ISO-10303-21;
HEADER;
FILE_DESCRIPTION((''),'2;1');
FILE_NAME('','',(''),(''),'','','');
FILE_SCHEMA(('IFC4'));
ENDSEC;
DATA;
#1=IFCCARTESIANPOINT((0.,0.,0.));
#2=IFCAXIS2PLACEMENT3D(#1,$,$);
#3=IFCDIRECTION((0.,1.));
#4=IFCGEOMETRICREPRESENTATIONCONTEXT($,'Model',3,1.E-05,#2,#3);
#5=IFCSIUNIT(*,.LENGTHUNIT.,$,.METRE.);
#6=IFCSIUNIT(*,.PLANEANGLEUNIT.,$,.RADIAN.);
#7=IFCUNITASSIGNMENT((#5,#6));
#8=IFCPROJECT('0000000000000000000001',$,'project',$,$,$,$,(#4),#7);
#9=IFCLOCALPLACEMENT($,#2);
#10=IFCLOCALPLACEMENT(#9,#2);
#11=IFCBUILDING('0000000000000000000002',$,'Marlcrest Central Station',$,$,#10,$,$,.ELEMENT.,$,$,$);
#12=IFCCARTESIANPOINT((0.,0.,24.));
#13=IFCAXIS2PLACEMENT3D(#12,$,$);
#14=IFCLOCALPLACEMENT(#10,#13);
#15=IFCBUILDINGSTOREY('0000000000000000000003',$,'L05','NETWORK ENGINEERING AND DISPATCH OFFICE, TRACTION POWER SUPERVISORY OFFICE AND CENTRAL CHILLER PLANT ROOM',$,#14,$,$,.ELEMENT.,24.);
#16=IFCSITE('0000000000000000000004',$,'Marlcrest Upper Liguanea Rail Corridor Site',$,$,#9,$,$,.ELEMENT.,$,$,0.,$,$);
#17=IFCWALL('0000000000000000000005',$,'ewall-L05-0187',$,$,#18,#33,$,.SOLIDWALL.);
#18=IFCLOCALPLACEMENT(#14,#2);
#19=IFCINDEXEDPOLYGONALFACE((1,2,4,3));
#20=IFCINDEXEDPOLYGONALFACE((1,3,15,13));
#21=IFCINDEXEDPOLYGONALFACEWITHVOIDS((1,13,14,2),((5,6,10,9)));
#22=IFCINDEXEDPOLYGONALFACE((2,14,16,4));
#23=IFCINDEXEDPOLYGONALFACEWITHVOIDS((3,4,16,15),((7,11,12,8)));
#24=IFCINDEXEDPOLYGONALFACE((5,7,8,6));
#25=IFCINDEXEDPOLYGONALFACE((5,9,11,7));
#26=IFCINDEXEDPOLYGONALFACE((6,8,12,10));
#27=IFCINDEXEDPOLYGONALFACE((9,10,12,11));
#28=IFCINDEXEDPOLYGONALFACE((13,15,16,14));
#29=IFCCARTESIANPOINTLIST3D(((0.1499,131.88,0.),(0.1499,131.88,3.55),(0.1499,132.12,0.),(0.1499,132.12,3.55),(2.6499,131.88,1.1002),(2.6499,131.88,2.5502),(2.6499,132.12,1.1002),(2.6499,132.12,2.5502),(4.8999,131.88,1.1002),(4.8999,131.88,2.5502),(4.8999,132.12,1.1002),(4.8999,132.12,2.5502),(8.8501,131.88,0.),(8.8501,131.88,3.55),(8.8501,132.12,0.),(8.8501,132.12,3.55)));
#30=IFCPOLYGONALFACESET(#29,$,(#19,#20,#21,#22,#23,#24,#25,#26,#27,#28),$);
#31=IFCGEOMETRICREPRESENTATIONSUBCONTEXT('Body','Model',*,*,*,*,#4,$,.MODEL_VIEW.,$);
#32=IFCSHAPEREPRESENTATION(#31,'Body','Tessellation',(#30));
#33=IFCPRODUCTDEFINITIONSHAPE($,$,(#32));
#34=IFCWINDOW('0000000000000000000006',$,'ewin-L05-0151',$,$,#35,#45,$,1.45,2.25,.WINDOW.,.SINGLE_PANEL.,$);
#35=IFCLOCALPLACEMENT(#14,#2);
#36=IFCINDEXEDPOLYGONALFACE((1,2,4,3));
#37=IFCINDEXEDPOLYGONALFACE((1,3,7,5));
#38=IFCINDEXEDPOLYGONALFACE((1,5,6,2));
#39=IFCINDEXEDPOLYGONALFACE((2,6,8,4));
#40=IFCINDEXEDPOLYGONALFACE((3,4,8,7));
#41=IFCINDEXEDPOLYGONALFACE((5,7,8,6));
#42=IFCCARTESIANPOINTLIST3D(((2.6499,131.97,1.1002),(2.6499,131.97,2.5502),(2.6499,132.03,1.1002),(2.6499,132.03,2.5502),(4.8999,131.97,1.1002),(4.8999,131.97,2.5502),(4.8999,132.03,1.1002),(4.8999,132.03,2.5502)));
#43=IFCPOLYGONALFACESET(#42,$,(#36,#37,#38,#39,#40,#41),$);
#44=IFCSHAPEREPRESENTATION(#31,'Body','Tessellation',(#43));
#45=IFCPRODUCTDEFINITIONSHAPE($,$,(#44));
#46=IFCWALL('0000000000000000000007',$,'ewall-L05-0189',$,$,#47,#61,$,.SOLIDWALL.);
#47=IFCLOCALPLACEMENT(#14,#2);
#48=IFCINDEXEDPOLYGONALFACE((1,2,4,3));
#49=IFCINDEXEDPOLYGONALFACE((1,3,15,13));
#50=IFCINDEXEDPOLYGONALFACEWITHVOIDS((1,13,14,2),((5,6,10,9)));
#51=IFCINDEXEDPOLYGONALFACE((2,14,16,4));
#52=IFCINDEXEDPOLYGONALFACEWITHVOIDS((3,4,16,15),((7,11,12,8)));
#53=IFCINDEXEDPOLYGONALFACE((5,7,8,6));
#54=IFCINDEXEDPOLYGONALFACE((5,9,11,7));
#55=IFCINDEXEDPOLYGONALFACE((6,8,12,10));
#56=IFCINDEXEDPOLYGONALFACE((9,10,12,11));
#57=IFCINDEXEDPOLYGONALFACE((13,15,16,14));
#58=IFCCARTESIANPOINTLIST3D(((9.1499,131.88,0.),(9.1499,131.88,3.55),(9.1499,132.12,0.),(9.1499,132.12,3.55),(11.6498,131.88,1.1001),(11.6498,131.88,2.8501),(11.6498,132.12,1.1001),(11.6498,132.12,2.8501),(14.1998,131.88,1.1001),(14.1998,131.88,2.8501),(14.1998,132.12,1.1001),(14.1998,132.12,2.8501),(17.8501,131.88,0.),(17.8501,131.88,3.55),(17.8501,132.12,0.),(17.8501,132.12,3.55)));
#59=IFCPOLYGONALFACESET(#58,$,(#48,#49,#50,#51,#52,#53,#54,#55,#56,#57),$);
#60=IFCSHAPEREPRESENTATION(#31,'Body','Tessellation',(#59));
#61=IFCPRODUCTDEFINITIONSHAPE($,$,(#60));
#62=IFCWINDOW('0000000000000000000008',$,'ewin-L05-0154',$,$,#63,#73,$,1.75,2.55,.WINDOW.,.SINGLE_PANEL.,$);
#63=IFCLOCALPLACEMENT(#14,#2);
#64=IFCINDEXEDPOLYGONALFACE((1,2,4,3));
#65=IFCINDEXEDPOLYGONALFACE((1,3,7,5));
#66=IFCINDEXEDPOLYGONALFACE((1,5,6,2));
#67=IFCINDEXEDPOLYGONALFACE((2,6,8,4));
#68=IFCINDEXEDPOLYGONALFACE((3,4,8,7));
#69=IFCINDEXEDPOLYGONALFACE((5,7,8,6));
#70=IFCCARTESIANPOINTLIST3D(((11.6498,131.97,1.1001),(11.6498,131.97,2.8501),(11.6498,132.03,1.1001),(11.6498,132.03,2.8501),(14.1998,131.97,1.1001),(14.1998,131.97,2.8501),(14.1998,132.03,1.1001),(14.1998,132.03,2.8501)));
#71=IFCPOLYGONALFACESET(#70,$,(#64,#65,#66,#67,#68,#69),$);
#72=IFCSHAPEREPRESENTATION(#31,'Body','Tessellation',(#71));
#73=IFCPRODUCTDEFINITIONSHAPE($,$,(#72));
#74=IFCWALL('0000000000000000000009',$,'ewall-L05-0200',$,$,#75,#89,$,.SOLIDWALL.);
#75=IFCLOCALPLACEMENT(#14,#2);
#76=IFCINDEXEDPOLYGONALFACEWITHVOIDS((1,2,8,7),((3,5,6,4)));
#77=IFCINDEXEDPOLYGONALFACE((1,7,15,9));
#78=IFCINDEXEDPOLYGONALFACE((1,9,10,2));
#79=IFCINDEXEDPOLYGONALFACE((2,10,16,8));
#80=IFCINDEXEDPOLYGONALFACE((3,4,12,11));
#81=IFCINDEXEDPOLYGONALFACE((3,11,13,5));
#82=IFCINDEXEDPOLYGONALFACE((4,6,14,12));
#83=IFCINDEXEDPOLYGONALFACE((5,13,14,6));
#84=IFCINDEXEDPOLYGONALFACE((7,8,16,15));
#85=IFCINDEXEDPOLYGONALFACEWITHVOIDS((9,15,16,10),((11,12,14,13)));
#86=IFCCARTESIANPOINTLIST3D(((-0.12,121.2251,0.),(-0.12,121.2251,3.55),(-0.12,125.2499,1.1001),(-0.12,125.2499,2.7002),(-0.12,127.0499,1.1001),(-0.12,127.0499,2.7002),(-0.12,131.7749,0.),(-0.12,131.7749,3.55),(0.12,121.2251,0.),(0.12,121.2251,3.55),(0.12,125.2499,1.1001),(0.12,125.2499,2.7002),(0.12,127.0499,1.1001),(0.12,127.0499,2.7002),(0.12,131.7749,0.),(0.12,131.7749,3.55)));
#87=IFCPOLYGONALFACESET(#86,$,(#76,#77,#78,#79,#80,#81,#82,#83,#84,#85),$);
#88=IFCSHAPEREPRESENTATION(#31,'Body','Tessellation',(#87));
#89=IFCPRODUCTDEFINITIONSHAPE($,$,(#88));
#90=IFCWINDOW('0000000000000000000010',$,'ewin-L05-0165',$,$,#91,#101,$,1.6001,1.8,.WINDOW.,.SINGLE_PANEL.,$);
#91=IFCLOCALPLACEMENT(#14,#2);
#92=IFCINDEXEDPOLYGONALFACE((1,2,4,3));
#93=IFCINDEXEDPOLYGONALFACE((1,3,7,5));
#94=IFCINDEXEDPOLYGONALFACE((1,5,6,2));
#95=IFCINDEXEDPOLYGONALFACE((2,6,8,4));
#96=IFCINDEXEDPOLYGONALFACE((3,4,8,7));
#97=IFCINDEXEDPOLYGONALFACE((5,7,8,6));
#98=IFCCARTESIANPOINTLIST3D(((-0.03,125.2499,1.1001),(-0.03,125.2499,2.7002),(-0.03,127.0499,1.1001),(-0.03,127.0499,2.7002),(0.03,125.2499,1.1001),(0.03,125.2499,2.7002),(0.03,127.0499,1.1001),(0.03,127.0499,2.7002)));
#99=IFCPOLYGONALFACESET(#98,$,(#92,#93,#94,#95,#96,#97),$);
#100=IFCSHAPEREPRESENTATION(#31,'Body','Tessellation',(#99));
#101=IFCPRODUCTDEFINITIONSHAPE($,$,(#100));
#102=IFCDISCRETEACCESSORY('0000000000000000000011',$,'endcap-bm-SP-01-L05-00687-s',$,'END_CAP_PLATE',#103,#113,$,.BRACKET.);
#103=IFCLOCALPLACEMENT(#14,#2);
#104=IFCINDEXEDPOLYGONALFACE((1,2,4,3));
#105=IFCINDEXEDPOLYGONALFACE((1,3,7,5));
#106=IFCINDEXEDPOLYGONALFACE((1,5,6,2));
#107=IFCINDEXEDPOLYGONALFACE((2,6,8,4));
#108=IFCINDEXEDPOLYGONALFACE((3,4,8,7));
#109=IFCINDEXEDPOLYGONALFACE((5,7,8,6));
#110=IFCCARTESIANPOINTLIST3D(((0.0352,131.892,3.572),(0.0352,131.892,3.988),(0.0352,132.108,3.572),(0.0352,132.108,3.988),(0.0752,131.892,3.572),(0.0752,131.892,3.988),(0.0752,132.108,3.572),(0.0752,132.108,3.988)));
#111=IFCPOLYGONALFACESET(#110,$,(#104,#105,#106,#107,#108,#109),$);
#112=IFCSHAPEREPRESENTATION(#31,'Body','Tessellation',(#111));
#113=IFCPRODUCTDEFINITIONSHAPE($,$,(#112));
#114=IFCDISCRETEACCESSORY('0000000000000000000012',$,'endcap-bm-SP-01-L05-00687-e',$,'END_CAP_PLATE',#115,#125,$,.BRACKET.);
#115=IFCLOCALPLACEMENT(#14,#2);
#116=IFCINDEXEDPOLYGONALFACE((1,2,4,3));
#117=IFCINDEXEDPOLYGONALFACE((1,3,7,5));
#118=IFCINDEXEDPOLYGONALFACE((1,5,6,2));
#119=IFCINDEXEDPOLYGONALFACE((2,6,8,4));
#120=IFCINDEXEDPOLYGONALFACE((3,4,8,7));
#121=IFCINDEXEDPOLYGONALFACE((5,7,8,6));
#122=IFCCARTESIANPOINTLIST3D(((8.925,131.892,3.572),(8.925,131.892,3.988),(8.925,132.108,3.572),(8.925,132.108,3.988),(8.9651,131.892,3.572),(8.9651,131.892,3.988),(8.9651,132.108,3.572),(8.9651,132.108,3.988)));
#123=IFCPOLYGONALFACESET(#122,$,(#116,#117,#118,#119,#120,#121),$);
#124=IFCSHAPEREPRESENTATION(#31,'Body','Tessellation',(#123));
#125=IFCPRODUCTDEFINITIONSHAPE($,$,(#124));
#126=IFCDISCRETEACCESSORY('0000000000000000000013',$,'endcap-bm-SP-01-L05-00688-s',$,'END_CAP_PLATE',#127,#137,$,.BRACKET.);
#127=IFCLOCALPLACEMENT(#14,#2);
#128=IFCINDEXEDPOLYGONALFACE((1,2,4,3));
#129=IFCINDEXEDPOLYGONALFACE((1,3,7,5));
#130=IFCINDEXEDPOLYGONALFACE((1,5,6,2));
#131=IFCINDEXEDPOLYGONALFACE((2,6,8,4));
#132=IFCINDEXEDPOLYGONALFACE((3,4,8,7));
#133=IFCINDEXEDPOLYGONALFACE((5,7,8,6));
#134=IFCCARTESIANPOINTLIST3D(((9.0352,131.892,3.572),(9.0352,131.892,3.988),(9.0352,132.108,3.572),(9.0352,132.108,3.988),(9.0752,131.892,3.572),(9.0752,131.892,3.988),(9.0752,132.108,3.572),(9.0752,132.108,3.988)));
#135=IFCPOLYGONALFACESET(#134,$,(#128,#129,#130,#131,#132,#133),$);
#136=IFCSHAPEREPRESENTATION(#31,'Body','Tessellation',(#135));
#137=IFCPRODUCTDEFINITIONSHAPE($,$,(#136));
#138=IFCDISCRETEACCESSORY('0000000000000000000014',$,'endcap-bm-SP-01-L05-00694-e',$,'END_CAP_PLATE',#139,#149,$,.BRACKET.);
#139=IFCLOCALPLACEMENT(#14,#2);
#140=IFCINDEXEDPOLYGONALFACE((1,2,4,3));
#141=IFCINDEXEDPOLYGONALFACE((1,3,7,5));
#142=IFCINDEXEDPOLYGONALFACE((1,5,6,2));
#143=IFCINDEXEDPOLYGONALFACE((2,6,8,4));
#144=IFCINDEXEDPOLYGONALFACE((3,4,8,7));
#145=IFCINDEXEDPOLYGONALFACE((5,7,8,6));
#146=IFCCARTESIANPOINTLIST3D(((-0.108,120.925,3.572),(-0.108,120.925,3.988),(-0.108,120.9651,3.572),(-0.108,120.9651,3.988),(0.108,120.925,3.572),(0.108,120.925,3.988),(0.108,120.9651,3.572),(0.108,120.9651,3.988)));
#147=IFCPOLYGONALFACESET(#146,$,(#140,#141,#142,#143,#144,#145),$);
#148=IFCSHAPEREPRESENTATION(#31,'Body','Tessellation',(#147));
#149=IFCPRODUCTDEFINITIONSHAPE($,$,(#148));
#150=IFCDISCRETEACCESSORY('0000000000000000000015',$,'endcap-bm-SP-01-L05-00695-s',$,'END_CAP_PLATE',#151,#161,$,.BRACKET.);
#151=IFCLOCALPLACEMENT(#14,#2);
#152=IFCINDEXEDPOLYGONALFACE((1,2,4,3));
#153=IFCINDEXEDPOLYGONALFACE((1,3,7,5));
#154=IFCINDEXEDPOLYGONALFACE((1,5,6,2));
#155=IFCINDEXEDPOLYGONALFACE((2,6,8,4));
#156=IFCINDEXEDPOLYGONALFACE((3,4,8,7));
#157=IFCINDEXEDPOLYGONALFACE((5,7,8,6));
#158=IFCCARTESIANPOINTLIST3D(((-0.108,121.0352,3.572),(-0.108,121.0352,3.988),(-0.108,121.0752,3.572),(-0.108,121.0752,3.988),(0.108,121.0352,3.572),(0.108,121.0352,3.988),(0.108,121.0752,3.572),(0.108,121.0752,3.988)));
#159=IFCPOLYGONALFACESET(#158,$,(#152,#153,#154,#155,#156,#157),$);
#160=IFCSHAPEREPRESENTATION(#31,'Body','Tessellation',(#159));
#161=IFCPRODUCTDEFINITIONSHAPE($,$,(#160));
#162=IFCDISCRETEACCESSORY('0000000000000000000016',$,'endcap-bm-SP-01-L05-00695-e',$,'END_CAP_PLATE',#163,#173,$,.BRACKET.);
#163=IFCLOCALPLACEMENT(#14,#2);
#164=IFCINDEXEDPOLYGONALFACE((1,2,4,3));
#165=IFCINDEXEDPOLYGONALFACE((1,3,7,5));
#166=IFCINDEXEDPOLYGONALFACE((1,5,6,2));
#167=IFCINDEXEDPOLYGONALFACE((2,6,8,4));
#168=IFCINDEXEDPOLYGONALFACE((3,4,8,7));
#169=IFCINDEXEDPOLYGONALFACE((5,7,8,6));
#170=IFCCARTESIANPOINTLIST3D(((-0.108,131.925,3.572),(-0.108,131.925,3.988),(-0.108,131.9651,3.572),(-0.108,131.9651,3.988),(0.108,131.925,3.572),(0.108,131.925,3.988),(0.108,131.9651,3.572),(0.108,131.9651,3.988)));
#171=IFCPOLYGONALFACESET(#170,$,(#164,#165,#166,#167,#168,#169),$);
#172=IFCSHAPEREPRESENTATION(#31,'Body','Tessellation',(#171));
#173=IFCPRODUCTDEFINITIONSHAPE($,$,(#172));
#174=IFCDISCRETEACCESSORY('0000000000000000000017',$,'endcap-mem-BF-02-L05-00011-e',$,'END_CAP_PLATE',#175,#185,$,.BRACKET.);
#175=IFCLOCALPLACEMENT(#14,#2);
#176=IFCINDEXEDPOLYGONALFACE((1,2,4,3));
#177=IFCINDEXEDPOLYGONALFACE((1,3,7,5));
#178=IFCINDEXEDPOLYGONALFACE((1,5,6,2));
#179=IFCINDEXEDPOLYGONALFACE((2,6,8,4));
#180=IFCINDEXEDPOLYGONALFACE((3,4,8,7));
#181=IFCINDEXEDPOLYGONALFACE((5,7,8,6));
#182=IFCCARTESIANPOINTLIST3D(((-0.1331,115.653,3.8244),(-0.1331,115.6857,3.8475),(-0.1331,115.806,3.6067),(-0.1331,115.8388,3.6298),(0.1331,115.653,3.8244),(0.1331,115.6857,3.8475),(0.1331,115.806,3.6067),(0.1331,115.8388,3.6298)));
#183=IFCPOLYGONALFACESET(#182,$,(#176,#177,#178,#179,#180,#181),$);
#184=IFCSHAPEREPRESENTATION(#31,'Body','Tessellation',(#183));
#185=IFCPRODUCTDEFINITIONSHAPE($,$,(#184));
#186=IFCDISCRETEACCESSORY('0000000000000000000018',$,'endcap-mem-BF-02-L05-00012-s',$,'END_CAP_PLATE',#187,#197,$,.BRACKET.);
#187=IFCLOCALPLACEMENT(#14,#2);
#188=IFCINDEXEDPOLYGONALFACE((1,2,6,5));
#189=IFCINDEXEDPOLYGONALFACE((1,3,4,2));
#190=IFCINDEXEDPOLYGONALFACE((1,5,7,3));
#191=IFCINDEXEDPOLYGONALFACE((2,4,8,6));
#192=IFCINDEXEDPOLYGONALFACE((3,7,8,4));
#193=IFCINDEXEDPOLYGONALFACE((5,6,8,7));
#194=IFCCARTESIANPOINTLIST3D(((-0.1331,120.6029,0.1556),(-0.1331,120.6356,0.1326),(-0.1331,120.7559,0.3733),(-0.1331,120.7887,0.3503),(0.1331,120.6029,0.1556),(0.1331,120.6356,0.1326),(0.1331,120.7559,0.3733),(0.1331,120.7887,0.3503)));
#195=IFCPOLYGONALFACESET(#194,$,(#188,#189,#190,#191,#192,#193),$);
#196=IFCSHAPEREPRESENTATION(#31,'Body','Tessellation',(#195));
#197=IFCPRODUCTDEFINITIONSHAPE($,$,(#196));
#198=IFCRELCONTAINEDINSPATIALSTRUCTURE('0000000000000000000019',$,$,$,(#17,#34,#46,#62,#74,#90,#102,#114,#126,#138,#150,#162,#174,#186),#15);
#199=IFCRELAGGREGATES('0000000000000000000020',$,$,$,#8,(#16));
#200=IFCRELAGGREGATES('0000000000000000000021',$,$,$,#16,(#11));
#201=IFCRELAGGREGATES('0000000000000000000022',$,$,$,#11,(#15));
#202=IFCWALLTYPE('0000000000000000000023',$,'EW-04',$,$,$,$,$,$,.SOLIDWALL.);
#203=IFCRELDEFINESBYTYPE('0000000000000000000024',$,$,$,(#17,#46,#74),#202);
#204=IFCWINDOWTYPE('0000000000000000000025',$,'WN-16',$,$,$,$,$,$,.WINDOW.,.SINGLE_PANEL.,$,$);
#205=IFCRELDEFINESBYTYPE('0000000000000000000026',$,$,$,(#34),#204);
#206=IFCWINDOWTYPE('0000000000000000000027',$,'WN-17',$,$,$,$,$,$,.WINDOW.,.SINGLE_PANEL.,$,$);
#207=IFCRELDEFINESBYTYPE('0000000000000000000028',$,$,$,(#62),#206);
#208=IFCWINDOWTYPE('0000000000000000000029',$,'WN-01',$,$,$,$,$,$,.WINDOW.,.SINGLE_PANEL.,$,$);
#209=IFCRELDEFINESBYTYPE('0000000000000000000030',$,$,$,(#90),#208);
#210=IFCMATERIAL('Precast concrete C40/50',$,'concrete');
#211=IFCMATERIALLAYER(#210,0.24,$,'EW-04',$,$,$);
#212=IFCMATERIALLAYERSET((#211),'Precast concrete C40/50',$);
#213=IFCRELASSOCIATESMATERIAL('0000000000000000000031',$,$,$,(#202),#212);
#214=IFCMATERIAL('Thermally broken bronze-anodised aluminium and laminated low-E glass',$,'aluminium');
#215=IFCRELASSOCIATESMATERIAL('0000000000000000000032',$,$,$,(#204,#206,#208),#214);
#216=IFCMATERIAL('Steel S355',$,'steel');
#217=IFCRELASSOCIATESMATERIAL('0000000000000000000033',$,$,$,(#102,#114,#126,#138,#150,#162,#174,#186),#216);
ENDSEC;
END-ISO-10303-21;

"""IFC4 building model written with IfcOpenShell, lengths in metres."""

from ifc_helpers import new_model, si_unit, direction, frame, frame_2d, origin, origin_2d, place, context, subcontext, project, spatial, rectangle, extrude, material, layer, layer_set, type_object, element, fill, save


model = new_model("IFC4")

# Units and contexts
model_context = context("Model", 3, precision=1e-05, world=origin(), true_north=direction((0.0, 1.0)))
body_context = subcontext(model_context, "Body", "Model", "MODEL_VIEW")
ifc_project = project(units=[si_unit("LENGTHUNIT", "METRE"), si_unit("PLANEANGLEUNIT", "RADIAN")], contexts=[model_context])

# Site, building, storey
site_placement = place(None, origin())
site = spatial("IfcSite", under=ifc_project, at=site_placement, Name="Marlcrest Upper Liguanea Rail Corridor Site", CompositionType="ELEMENT", RefElevation=0.0)
building_placement = place(site_placement, origin())
building = spatial("IfcBuilding", under=site, at=building_placement, Name="Marlcrest Central Station", CompositionType="ELEMENT")
storey_placement = place(building_placement, frame((0.0, 0.0, 24.0)))
storey = spatial("IfcBuildingStorey", under=building, at=storey_placement, Name="L05", Description="NETWORK ENGINEERING AND DISPATCH OFFICE, TRACTION POWER SUPERVISORY OFFICE AND CENTRAL CHILLER PLANT ROOM", CompositionType="ELEMENT", Elevation=24.0)

# Shared definitions
ifc_material_1 = material(Name="Steel S355", Category="steel")

# Walls, openings, windows
ifc_material_2 = material(Name="Precast concrete C40/50", Category="concrete")
ifc_layer_1 = layer(ifc_material_2, 0.24, Name="EW-04")
ifc_layer_set_1 = layer_set([ifc_layer_1], Name="Precast concrete C40/50")
wall_type_1 = type_object("IfcWallType", Name="EW-04", PredefinedType="SOLIDWALL", material=ifc_layer_set_1)
wall_1_placement = place(storey_placement, frame((0.1499, 132.0, 0.0), z_axis=(0.0, 0.0, 1.0), x_axis=(1.0, 0.0, 0.0)))
wall_1 = element("IfcWall", 1, at=wall_1_placement, inside=storey, type_object=wall_type_1, Name="ewall-L05-0187", PredefinedType="SOLIDWALL", context=body_context, shape_type="SweptSolid", body=[
    extrude(rectangle(XDim=8.7002, YDim=0.24, at=frame_2d((4.3501, 0.0))), origin(), (0.0, 0.0, 1.0), 3.55),
])
opening_1_placement = place(wall_1_placement, frame((2.5, 0.0, 1.1001)))
opening_1 = element("IfcOpeningElement", 2, at=opening_1_placement, cuts=wall_1, PredefinedType="OPENING", context=body_context, shape_type="SweptSolid", body=[
    extrude(rectangle(XDim=2.25, YDim=1.45, at=frame_2d((1.125, 0.7251))), frame((0.0, 0.1299, 0.0), z_axis=(0.0, -1.0, 0.0), x_axis=(1.0, 0.0, 0.0)), (0.0, 0.0, 1.0), 0.26),
])
ifc_material_3 = material(Name="Thermally broken bronze-anodised aluminium and laminated low-E glass", Category="aluminium")
window_type_1 = type_object("IfcWindowType", Name="WN-16", PartitioningType="SINGLE_PANEL", PredefinedType="WINDOW", material=ifc_material_3)
window_1_placement = place(opening_1_placement, origin())
window_1 = element("IfcWindow", 3, at=window_1_placement, inside=storey, type_object=window_type_1, Name="ewin-L05-0151", OverallHeight=1.45, OverallWidth=2.25, PartitioningType="SINGLE_PANEL", PredefinedType="WINDOW", context=body_context, shape_type="SweptSolid", body=[
    extrude(rectangle(XDim=2.25, YDim=1.45, at=frame_2d((1.125, 0.7251))), frame((0.0, 0.03, 0.0), z_axis=(0.0, -1.0, 0.0), x_axis=(1.0, 0.0, 0.0)), (0.0, 0.0, 1.0), 0.0601),
])
fill(opening_1, window_1)
wall_2_placement = place(storey_placement, frame((9.1499, 132.0, 0.0), z_axis=(0.0, 0.0, 1.0), x_axis=(1.0, 0.0, 0.0)))
wall_2 = element("IfcWall", 4, at=wall_2_placement, inside=storey, type_object=wall_type_1, Name="ewall-L05-0189", PredefinedType="SOLIDWALL", context=body_context, shape_type="SweptSolid", body=[
    extrude(rectangle(XDim=8.7002, YDim=0.24, at=frame_2d((4.3501, 0.0))), origin(), (0.0, 0.0, 1.0), 3.55),
])
opening_2_placement = place(wall_2_placement, frame((2.5, 0.0, 1.1001)))
opening_2 = element("IfcOpeningElement", 5, at=opening_2_placement, cuts=wall_2, PredefinedType="OPENING", context=body_context, shape_type="SweptSolid", body=[
    extrude(rectangle(XDim=2.55, YDim=1.75, at=frame_2d((1.2749, 0.875))), frame((0.0, 0.1299, 0.0), z_axis=(0.0, -1.0, 0.0), x_axis=(1.0, 0.0, 0.0)), (0.0, 0.0, 1.0), 0.26),
])
window_type_2 = type_object("IfcWindowType", Name="WN-17", PartitioningType="SINGLE_PANEL", PredefinedType="WINDOW", material=ifc_material_3)
window_2_placement = place(opening_2_placement, origin())
window_2 = element("IfcWindow", 6, at=window_2_placement, inside=storey, type_object=window_type_2, Name="ewin-L05-0154", OverallHeight=1.75, OverallWidth=2.55, PartitioningType="SINGLE_PANEL", PredefinedType="WINDOW", context=body_context, shape_type="SweptSolid", body=[
    extrude(rectangle(XDim=2.55, YDim=1.75, at=frame_2d((1.2749, 0.875))), frame((0.0, 0.03, 0.0), z_axis=(0.0, -1.0, 0.0), x_axis=(1.0, 0.0, 0.0)), (0.0, 0.0, 1.0), 0.0601),
])
fill(opening_2, window_2)
wall_3_placement = place(storey_placement, frame((0.0, 121.2251, 0.0), z_axis=(0.0, 0.0, 1.0), x_axis=(0.0, 1.0, 0.0)))
wall_3 = element("IfcWall", 7, at=wall_3_placement, inside=storey, type_object=wall_type_1, Name="ewall-L05-0200", PredefinedType="SOLIDWALL", context=body_context, shape_type="SweptSolid", body=[
    extrude(rectangle(XDim=10.5498, YDim=0.24, at=frame_2d((5.2749, 0.0))), origin(), (0.0, 0.0, 1.0), 3.55),
])
opening_3_placement = place(wall_3_placement, frame((4.0249, 0.0, 1.1001)))
opening_3 = element("IfcOpeningElement", 8, at=opening_3_placement, cuts=wall_3, PredefinedType="OPENING", context=body_context, shape_type="SweptSolid", body=[
    extrude(rectangle(XDim=1.8, YDim=1.6001, at=frame_2d((0.8999, 0.8))), frame((0.0, 0.1299, 0.0), z_axis=(0.0, -1.0, 0.0), x_axis=(1.0, 0.0, 0.0)), (0.0, 0.0, 1.0), 0.26),
])
window_type_3 = type_object("IfcWindowType", Name="WN-01", PartitioningType="SINGLE_PANEL", PredefinedType="WINDOW", material=ifc_material_3)
window_3_placement = place(opening_3_placement, origin())
window_3 = element("IfcWindow", 9, at=window_3_placement, inside=storey, type_object=window_type_3, Name="ewin-L05-0165", OverallHeight=1.6001, OverallWidth=1.8, PartitioningType="SINGLE_PANEL", PredefinedType="WINDOW", context=body_context, shape_type="SweptSolid", body=[
    extrude(rectangle(XDim=1.8, YDim=1.6001, at=frame_2d((0.8999, 0.8))), frame((0.0, 0.03, 0.0), z_axis=(0.0, -1.0, 0.0), x_axis=(1.0, 0.0, 0.0)), (0.0, 0.0, 1.0), 0.0601),
])
fill(opening_3, window_3)

# Discrete accessories
for number, where, z_axis, x_axis, name in (
    (10, (0.0352, 132.0, 3.78), (1.0, 0.0, 0.0), (0.0, 1.0, 0.0), "endcap-bm-SP-01-L05-00687-s"),
    (11, (8.925, 132.0, 3.78), (1.0, 0.0, 0.0), (0.0, 1.0, 0.0), "endcap-bm-SP-01-L05-00687-e"),
    (12, (9.0352, 132.0, 3.78), (1.0, 0.0, 0.0), (0.0, 1.0, 0.0), "endcap-bm-SP-01-L05-00688-s"),
    (13, (0.0, 120.925, 3.78), (0.0, 1.0, 0.0), (-1.0, 0.0, 0.0), "endcap-bm-SP-01-L05-00694-e"),
    (14, (0.0, 121.0352, 3.78), (0.0, 1.0, 0.0), (-1.0, 0.0, 0.0), "endcap-bm-SP-01-L05-00695-s"),
    (15, (0.0, 131.925, 3.78), (0.0, 1.0, 0.0), (-1.0, 0.0, 0.0), "endcap-bm-SP-01-L05-00695-e"),
):
    element("IfcDiscreteAccessory", number, at=place(storey_placement, frame(where, z_axis=z_axis, x_axis=x_axis)), inside=storey, material=ifc_material_1, Name=name, ObjectType="END_CAP_PLATE", PredefinedType="BRACKET", context=body_context, shape_type="SweptSolid", body=[
        extrude(rectangle(XDim=0.2161, YDim=0.416, at=origin_2d()), origin(), (0.0, 0.0, 1.0), 0.04),
    ])
for number, where, z_axis, x_axis, name in (
    (16, (0.0, 115.7295, 3.7156), (0.0, 0.818064, 0.575127), (-1.0, 0.0, 0.0), "endcap-mem-BF-02-L05-00011-e"),
    (17, (0.0, 120.7122, 0.2415), (0.0, -0.818064, 0.575127), (1.0, 0.0, 0.0), "endcap-mem-BF-02-L05-00012-s"),
):
    element("IfcDiscreteAccessory", number, at=place(storey_placement, frame(where, z_axis=z_axis, x_axis=x_axis)), inside=storey, material=ifc_material_1, Name=name, ObjectType="END_CAP_PLATE", PredefinedType="BRACKET", context=body_context, shape_type="SweptSolid", body=[
        extrude(rectangle(XDim=0.2661, YDim=0.2661, at=origin_2d()), origin(), (0.0, 0.0, 1.0), 0.04),
    ])

save(model, "model.ifc")
